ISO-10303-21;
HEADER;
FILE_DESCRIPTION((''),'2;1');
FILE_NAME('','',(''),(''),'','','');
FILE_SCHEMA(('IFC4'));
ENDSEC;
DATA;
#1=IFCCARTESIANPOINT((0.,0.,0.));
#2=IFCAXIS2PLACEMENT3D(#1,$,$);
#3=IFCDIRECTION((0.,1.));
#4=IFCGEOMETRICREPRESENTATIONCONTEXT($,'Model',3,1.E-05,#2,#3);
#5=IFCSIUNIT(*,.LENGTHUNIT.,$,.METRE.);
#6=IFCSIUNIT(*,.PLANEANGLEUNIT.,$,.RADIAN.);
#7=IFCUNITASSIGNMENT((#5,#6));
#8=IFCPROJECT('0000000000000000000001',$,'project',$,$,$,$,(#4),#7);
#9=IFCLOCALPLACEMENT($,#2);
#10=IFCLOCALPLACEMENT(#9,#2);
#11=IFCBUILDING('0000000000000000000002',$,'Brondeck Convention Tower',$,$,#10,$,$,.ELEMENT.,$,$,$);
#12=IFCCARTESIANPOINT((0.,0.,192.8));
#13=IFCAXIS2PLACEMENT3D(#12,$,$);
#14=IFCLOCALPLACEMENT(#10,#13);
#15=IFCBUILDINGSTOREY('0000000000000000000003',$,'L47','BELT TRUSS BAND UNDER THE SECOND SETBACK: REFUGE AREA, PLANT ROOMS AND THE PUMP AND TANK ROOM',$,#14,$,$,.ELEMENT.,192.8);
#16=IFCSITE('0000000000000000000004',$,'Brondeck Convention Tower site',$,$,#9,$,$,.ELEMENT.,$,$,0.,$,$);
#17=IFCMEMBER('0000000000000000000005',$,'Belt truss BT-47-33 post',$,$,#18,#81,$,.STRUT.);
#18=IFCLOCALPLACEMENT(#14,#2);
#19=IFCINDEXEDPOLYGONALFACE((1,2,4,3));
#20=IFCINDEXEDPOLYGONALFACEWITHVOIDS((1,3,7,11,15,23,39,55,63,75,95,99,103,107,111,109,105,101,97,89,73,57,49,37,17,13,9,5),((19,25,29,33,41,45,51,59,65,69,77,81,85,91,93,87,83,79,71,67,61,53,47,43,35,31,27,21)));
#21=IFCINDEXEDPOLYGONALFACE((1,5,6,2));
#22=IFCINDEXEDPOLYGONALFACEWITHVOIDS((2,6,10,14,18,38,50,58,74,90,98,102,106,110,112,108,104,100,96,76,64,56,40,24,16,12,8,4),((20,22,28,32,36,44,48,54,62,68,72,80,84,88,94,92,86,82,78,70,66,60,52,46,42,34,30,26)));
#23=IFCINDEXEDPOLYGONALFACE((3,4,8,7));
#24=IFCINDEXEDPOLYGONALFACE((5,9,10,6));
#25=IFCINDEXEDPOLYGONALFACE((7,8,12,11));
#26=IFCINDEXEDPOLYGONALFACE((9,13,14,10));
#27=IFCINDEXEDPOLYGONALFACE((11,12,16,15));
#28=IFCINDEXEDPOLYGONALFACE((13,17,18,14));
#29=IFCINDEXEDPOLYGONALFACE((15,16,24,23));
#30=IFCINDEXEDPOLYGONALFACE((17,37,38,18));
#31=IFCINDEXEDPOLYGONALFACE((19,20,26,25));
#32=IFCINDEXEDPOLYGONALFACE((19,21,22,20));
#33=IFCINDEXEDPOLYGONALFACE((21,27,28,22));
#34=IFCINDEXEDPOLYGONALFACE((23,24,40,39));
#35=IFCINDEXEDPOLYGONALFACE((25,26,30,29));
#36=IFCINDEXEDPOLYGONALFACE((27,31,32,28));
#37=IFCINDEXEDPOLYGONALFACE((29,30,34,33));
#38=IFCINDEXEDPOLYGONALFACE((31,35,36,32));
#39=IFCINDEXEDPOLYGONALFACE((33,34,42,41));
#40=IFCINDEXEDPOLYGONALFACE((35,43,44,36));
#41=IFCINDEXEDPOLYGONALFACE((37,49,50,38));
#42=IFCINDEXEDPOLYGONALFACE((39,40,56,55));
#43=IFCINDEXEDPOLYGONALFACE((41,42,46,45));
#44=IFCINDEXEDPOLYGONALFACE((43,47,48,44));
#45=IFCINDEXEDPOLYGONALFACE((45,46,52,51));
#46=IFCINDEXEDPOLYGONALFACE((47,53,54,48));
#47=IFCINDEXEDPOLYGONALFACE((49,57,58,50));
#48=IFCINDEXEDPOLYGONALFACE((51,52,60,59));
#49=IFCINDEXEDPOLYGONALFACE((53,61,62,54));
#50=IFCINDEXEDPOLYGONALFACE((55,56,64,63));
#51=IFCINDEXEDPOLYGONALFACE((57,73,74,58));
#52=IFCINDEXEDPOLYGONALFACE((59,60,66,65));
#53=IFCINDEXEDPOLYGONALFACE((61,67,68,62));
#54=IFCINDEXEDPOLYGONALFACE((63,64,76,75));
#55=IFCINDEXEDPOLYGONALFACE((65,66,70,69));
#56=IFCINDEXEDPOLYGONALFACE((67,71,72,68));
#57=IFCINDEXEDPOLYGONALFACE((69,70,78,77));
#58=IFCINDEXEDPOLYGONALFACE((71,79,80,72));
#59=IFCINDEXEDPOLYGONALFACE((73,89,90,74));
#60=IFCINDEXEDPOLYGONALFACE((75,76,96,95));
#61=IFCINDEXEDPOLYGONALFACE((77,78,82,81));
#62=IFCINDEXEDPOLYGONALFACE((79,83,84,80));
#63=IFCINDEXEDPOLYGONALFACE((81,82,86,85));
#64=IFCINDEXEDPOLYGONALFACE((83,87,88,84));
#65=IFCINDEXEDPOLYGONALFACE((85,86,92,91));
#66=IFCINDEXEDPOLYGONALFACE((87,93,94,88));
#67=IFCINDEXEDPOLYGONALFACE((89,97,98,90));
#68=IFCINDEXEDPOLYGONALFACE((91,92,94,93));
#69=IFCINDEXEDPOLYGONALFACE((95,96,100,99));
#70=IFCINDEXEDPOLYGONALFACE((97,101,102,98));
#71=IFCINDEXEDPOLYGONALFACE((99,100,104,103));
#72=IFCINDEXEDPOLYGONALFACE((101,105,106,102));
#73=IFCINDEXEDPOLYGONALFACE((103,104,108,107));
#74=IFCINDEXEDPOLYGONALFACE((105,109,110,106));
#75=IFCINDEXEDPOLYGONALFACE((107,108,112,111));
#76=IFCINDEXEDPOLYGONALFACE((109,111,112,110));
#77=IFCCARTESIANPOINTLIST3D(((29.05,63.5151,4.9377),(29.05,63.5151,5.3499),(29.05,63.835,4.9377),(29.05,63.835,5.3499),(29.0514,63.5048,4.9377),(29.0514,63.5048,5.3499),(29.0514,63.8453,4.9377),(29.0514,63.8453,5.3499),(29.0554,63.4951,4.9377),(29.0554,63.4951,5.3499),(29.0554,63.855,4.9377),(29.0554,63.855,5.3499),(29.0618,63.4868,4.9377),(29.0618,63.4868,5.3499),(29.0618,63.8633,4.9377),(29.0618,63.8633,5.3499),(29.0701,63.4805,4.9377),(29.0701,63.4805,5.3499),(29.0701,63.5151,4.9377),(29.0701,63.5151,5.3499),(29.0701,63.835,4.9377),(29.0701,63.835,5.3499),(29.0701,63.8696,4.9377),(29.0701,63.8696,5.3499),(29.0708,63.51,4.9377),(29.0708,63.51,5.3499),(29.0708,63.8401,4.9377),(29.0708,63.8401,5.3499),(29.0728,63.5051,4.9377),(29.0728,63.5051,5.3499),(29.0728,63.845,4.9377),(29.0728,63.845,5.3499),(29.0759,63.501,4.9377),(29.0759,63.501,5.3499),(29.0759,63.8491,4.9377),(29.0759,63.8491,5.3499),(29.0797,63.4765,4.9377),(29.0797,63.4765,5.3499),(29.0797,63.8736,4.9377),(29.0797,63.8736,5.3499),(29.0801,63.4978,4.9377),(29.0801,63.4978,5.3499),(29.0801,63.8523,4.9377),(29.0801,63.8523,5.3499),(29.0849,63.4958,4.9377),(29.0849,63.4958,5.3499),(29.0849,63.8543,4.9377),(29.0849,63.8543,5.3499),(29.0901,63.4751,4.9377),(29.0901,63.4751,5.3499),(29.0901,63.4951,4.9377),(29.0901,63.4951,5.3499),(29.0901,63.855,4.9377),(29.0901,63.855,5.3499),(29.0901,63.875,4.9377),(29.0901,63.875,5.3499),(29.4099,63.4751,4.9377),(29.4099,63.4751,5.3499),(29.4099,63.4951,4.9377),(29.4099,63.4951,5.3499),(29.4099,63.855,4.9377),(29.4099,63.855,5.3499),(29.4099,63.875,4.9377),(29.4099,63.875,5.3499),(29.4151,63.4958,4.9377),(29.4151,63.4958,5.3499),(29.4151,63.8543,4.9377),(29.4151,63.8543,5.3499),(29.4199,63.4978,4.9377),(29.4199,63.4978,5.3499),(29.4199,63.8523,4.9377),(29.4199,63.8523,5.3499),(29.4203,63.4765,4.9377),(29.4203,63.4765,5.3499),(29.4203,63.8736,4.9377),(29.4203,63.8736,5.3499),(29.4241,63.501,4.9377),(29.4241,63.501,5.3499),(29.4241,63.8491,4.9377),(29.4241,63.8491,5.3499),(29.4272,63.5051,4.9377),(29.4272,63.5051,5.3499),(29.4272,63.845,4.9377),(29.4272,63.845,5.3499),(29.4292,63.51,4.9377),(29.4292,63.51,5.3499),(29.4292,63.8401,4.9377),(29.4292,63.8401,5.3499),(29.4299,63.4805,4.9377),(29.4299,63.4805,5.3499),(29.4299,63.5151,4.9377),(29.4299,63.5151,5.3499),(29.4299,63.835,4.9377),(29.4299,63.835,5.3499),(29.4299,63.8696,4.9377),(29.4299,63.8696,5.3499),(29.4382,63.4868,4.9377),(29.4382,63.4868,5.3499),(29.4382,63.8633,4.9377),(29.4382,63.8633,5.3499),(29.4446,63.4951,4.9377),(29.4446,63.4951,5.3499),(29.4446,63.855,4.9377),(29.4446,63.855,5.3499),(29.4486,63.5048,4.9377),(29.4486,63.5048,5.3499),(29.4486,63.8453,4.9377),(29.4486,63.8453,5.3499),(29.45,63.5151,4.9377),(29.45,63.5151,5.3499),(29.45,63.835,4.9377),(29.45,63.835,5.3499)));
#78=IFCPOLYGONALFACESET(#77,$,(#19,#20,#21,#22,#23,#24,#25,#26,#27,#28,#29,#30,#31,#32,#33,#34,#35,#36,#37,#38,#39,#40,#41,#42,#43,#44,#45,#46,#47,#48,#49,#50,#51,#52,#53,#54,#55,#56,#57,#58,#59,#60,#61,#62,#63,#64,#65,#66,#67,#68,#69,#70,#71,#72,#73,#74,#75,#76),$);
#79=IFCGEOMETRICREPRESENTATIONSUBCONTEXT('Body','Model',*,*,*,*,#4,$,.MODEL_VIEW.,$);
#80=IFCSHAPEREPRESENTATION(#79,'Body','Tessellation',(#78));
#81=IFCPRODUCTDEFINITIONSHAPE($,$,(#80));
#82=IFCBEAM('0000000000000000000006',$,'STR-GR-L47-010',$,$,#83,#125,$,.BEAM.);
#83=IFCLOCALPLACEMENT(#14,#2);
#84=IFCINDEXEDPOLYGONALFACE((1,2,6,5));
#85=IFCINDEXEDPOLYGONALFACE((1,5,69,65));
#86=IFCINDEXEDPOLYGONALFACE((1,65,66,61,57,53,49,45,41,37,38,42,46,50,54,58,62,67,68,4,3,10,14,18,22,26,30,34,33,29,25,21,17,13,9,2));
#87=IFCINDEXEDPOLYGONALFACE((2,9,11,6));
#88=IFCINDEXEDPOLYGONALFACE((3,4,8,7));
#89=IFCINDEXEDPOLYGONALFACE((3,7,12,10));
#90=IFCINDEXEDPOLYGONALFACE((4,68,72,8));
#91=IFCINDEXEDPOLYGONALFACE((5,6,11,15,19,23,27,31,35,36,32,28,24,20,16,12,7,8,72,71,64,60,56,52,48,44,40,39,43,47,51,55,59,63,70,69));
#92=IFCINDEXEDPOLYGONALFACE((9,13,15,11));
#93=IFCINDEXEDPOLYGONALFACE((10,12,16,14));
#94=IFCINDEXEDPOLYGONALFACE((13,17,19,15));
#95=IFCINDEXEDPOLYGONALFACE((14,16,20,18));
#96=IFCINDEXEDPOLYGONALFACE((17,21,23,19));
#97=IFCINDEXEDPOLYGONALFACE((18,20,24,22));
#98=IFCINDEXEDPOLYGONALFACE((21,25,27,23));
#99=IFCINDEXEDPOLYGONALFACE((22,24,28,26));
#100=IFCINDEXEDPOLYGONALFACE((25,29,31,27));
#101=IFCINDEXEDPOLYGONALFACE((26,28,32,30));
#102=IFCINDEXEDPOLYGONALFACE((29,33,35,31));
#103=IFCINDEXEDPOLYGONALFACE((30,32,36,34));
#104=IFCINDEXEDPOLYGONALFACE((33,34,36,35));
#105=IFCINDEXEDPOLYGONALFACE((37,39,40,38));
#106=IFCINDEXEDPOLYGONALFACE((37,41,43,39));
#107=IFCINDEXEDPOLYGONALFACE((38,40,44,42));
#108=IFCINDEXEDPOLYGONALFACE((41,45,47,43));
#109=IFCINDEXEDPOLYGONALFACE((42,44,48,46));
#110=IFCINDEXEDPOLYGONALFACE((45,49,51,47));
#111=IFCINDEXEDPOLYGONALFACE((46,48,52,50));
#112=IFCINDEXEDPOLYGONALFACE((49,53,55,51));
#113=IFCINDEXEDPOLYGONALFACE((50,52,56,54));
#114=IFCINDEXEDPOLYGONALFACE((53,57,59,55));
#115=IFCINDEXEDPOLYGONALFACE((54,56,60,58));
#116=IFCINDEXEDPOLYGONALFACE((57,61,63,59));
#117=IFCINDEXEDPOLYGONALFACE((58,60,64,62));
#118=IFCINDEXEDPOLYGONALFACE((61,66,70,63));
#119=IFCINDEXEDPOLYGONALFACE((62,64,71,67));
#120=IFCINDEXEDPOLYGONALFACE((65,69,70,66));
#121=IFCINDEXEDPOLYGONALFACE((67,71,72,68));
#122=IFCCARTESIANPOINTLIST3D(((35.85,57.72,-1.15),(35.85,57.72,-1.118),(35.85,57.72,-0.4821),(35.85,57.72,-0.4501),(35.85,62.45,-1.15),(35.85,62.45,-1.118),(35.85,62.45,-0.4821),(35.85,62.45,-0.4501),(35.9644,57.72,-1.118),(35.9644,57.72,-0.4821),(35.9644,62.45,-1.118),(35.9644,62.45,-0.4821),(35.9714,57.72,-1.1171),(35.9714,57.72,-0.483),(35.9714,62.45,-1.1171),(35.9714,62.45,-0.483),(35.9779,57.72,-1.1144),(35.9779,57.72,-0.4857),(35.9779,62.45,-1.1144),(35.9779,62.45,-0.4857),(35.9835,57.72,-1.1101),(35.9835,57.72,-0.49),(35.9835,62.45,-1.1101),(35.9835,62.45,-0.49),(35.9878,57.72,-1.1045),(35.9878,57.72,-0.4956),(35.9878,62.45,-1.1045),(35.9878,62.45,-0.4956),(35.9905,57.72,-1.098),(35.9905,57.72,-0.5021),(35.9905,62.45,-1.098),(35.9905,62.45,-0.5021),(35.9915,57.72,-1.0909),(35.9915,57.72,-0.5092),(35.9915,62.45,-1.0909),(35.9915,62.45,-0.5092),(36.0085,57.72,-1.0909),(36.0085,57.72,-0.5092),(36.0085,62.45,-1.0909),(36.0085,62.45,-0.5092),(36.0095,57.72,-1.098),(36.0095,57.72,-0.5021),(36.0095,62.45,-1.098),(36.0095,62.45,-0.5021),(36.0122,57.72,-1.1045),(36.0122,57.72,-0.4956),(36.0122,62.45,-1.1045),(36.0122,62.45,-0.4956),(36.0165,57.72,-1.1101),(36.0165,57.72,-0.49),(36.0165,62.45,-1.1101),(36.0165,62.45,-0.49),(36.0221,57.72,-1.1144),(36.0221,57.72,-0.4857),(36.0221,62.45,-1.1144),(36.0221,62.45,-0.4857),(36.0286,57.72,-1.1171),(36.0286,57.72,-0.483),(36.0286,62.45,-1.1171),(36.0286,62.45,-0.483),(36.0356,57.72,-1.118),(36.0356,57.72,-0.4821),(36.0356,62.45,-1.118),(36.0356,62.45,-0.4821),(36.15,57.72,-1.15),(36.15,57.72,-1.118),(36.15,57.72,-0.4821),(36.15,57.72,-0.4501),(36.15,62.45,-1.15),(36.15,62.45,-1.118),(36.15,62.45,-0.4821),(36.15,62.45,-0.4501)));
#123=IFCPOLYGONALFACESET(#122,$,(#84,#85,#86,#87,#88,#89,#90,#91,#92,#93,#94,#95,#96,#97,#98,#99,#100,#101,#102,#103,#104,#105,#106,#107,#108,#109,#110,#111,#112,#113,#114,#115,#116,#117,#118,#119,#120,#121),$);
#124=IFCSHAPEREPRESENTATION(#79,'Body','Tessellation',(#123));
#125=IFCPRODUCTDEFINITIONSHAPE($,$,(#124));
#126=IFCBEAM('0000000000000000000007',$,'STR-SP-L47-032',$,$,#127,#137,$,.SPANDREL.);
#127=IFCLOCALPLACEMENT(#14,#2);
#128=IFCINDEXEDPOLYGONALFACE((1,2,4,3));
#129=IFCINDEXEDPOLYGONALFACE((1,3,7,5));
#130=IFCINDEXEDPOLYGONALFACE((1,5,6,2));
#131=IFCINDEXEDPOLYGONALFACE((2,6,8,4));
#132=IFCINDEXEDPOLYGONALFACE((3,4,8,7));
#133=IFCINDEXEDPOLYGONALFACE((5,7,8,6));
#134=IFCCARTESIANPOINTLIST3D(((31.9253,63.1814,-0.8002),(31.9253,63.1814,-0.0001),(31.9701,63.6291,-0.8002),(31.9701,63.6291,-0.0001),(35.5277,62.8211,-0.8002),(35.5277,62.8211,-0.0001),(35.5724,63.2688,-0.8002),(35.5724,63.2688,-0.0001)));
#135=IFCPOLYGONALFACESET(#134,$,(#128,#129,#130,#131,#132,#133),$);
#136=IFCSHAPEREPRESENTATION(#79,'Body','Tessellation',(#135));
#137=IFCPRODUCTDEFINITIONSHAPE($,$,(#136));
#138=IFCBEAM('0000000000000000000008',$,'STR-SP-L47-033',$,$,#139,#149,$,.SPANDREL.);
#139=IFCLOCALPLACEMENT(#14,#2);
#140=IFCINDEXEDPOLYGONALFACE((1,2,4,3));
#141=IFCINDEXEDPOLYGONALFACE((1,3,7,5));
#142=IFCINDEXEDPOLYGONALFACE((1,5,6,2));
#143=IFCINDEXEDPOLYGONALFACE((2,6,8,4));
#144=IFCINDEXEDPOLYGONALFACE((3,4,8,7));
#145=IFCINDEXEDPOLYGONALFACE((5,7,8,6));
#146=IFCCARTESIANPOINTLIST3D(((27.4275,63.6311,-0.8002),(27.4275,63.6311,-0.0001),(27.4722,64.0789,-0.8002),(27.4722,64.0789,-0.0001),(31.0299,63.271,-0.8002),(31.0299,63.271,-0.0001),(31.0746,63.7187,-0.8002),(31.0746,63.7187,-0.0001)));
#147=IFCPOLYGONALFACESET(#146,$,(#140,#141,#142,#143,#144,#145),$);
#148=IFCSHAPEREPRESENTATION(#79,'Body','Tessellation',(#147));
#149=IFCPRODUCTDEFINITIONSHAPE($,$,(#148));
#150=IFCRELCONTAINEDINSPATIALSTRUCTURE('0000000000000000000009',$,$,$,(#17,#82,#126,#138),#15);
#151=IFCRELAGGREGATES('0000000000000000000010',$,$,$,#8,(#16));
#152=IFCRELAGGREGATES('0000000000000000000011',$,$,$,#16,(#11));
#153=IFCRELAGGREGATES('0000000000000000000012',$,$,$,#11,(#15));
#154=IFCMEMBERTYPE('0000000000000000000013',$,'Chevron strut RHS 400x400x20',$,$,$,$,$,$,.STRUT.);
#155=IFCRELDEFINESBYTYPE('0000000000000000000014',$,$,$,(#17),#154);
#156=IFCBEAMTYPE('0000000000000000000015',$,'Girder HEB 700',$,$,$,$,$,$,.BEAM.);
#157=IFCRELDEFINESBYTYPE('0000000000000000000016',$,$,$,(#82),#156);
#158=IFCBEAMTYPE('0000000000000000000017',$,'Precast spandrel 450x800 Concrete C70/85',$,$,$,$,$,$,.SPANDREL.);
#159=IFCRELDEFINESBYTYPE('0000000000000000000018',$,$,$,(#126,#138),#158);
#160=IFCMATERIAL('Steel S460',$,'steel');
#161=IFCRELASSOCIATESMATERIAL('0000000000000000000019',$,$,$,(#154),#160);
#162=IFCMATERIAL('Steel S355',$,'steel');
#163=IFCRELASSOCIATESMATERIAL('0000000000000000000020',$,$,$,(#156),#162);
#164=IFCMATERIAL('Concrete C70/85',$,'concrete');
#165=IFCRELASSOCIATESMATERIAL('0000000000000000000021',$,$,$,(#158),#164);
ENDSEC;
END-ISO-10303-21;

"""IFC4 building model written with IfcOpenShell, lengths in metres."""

from ifc_helpers import new_model, si_unit, direction, frame, origin, origin_2d, place, context, subcontext, project, spatial, rectangle, hollow_rectangle, i_section, extrude, material, material_profile, profile_set, type_object, element, save


model = new_model("IFC4")

# Units and contexts
model_context = context("Model", 3, precision=1e-05, world=origin(), true_north=direction((0.0, 1.0)))
body_context = subcontext(model_context, "Body", "Model", "MODEL_VIEW")
ifc_project = project(units=[si_unit("LENGTHUNIT", "METRE"), si_unit("PLANEANGLEUNIT", "RADIAN")], contexts=[model_context])

# Site, building, storey
site_placement = place(None, origin())
site = spatial("IfcSite", under=ifc_project, at=site_placement, Name="Brondeck Convention Tower site", CompositionType="ELEMENT", RefElevation=0.0)
building_placement = place(site_placement, origin())
building = spatial("IfcBuilding", under=site, at=building_placement, Name="Brondeck Convention Tower", CompositionType="ELEMENT")
storey_placement = place(building_placement, frame((0.0, 0.0, 192.8)))
storey = spatial("IfcBuildingStorey", under=building, at=storey_placement, Name="L47", Description="BELT TRUSS BAND UNDER THE SECOND SETBACK: REFUGE AREA, PLANT ROOMS AND THE PUMP AND TANK ROOM", CompositionType="ELEMENT", Elevation=192.8)

# Shared definitions
ifc_material_1 = material(Name="Concrete C70/85", Category="concrete")

# Member
ifc_material_2 = material(Name="Steel S460", Category="steel")
ifc_material_profile_1 = material_profile(ifc_material_2, hollow_rectangle(XDim=0.3999, YDim=0.3999, WallThickness=0.02, InnerFilletRadius=0.02, OuterFilletRadius=0.04, at=origin_2d()), Name="RHS 400x400x20")
ifc_profile_set_1 = profile_set([ifc_material_profile_1], Name="Steel S460")
member_type_1 = type_object("IfcMemberType", Name="Chevron strut RHS 400x400x20", PredefinedType="STRUT", material=ifc_profile_set_1)
for number, where, z_axis, x_axis, name in (
    (1, (29.25, 63.675, 4.9377), (0.0, 0.0, 1.0), (1.0, 0.0, 0.0), "Belt truss BT-47-33 post"),
):
    element("IfcMember", number, at=place(storey_placement, frame(where, z_axis=z_axis, x_axis=x_axis)), inside=storey, type_object=member_type_1, Name=name, PredefinedType="STRUT", context=body_context, shape_type="SweptSolid", body=[
        extrude(hollow_rectangle(XDim=0.3999, YDim=0.3999, WallThickness=0.02, InnerFilletRadius=0.02, OuterFilletRadius=0.04, at=origin_2d()), origin(), (0.0, 0.0, 1.0), 0.4121),
    ])

# Beams
ifc_material_3 = material(Name="Steel S355", Category="steel")
ifc_material_profile_2 = material_profile(ifc_material_3, i_section(OverallWidth=0.3, OverallDepth=0.7, WebThickness=0.0171, FlangeThickness=0.032, FilletRadius=0.0271, at=origin_2d()), Name="HEB 700")
ifc_profile_set_2 = profile_set([ifc_material_profile_2], Name="Steel S355")
beam_type_1 = type_object("IfcBeamType", Name="Girder HEB 700", PredefinedType="BEAM", material=ifc_profile_set_2)
beam_placement = place(storey_placement, frame((36.0, 57.72, -0.8), z_axis=(0.0, 1.0, 0.0), x_axis=(-1.0, 0.0, 0.0)))
element("IfcBeam", 2, at=beam_placement, inside=storey, type_object=beam_type_1, Name="STR-GR-L47-010", PredefinedType="BEAM", context=body_context, shape_type="SweptSolid", body=[
    extrude(i_section(OverallWidth=0.3, OverallDepth=0.7, WebThickness=0.0171, FlangeThickness=0.032, FilletRadius=0.0271, at=origin_2d()), origin(), (0.0, 0.0, 1.0), 4.73),
])
ifc_material_profile_3 = material_profile(ifc_material_1, rectangle(XDim=0.45, YDim=0.8, at=origin_2d()), Name="Precast spandrel 450x800 Concrete C70/85")
ifc_profile_set_3 = profile_set([ifc_material_profile_3], Name="Concrete C70/85")
beam_type_2 = type_object("IfcBeamType", Name="Precast spandrel 450x800 Concrete C70/85", PredefinedType="SPANDREL", material=ifc_profile_set_3)
for number, where, z_axis, x_axis, name in (
    (3, (35.55, 63.0449, -0.4001), (-0.995034, 0.099537, 0.0), (-0.099537, -0.995034, 0.0), "STR-SP-L47-032"),
    (4, (31.0522, 63.4949, -0.4001), (-0.995041, 0.09947, 0.0), (-0.09947, -0.995041, 0.0), "STR-SP-L47-033"),
):
    element("IfcBeam", number, at=place(storey_placement, frame(where, z_axis=z_axis, x_axis=x_axis)), inside=storey, type_object=beam_type_2, Name=name, PredefinedType="SPANDREL", context=body_context, shape_type="SweptSolid", body=[
        extrude(rectangle(XDim=0.45, YDim=0.8, at=origin_2d()), origin(), (0.0, 0.0, 1.0), 3.6204),
    ])

save(model, "model.ifc")
